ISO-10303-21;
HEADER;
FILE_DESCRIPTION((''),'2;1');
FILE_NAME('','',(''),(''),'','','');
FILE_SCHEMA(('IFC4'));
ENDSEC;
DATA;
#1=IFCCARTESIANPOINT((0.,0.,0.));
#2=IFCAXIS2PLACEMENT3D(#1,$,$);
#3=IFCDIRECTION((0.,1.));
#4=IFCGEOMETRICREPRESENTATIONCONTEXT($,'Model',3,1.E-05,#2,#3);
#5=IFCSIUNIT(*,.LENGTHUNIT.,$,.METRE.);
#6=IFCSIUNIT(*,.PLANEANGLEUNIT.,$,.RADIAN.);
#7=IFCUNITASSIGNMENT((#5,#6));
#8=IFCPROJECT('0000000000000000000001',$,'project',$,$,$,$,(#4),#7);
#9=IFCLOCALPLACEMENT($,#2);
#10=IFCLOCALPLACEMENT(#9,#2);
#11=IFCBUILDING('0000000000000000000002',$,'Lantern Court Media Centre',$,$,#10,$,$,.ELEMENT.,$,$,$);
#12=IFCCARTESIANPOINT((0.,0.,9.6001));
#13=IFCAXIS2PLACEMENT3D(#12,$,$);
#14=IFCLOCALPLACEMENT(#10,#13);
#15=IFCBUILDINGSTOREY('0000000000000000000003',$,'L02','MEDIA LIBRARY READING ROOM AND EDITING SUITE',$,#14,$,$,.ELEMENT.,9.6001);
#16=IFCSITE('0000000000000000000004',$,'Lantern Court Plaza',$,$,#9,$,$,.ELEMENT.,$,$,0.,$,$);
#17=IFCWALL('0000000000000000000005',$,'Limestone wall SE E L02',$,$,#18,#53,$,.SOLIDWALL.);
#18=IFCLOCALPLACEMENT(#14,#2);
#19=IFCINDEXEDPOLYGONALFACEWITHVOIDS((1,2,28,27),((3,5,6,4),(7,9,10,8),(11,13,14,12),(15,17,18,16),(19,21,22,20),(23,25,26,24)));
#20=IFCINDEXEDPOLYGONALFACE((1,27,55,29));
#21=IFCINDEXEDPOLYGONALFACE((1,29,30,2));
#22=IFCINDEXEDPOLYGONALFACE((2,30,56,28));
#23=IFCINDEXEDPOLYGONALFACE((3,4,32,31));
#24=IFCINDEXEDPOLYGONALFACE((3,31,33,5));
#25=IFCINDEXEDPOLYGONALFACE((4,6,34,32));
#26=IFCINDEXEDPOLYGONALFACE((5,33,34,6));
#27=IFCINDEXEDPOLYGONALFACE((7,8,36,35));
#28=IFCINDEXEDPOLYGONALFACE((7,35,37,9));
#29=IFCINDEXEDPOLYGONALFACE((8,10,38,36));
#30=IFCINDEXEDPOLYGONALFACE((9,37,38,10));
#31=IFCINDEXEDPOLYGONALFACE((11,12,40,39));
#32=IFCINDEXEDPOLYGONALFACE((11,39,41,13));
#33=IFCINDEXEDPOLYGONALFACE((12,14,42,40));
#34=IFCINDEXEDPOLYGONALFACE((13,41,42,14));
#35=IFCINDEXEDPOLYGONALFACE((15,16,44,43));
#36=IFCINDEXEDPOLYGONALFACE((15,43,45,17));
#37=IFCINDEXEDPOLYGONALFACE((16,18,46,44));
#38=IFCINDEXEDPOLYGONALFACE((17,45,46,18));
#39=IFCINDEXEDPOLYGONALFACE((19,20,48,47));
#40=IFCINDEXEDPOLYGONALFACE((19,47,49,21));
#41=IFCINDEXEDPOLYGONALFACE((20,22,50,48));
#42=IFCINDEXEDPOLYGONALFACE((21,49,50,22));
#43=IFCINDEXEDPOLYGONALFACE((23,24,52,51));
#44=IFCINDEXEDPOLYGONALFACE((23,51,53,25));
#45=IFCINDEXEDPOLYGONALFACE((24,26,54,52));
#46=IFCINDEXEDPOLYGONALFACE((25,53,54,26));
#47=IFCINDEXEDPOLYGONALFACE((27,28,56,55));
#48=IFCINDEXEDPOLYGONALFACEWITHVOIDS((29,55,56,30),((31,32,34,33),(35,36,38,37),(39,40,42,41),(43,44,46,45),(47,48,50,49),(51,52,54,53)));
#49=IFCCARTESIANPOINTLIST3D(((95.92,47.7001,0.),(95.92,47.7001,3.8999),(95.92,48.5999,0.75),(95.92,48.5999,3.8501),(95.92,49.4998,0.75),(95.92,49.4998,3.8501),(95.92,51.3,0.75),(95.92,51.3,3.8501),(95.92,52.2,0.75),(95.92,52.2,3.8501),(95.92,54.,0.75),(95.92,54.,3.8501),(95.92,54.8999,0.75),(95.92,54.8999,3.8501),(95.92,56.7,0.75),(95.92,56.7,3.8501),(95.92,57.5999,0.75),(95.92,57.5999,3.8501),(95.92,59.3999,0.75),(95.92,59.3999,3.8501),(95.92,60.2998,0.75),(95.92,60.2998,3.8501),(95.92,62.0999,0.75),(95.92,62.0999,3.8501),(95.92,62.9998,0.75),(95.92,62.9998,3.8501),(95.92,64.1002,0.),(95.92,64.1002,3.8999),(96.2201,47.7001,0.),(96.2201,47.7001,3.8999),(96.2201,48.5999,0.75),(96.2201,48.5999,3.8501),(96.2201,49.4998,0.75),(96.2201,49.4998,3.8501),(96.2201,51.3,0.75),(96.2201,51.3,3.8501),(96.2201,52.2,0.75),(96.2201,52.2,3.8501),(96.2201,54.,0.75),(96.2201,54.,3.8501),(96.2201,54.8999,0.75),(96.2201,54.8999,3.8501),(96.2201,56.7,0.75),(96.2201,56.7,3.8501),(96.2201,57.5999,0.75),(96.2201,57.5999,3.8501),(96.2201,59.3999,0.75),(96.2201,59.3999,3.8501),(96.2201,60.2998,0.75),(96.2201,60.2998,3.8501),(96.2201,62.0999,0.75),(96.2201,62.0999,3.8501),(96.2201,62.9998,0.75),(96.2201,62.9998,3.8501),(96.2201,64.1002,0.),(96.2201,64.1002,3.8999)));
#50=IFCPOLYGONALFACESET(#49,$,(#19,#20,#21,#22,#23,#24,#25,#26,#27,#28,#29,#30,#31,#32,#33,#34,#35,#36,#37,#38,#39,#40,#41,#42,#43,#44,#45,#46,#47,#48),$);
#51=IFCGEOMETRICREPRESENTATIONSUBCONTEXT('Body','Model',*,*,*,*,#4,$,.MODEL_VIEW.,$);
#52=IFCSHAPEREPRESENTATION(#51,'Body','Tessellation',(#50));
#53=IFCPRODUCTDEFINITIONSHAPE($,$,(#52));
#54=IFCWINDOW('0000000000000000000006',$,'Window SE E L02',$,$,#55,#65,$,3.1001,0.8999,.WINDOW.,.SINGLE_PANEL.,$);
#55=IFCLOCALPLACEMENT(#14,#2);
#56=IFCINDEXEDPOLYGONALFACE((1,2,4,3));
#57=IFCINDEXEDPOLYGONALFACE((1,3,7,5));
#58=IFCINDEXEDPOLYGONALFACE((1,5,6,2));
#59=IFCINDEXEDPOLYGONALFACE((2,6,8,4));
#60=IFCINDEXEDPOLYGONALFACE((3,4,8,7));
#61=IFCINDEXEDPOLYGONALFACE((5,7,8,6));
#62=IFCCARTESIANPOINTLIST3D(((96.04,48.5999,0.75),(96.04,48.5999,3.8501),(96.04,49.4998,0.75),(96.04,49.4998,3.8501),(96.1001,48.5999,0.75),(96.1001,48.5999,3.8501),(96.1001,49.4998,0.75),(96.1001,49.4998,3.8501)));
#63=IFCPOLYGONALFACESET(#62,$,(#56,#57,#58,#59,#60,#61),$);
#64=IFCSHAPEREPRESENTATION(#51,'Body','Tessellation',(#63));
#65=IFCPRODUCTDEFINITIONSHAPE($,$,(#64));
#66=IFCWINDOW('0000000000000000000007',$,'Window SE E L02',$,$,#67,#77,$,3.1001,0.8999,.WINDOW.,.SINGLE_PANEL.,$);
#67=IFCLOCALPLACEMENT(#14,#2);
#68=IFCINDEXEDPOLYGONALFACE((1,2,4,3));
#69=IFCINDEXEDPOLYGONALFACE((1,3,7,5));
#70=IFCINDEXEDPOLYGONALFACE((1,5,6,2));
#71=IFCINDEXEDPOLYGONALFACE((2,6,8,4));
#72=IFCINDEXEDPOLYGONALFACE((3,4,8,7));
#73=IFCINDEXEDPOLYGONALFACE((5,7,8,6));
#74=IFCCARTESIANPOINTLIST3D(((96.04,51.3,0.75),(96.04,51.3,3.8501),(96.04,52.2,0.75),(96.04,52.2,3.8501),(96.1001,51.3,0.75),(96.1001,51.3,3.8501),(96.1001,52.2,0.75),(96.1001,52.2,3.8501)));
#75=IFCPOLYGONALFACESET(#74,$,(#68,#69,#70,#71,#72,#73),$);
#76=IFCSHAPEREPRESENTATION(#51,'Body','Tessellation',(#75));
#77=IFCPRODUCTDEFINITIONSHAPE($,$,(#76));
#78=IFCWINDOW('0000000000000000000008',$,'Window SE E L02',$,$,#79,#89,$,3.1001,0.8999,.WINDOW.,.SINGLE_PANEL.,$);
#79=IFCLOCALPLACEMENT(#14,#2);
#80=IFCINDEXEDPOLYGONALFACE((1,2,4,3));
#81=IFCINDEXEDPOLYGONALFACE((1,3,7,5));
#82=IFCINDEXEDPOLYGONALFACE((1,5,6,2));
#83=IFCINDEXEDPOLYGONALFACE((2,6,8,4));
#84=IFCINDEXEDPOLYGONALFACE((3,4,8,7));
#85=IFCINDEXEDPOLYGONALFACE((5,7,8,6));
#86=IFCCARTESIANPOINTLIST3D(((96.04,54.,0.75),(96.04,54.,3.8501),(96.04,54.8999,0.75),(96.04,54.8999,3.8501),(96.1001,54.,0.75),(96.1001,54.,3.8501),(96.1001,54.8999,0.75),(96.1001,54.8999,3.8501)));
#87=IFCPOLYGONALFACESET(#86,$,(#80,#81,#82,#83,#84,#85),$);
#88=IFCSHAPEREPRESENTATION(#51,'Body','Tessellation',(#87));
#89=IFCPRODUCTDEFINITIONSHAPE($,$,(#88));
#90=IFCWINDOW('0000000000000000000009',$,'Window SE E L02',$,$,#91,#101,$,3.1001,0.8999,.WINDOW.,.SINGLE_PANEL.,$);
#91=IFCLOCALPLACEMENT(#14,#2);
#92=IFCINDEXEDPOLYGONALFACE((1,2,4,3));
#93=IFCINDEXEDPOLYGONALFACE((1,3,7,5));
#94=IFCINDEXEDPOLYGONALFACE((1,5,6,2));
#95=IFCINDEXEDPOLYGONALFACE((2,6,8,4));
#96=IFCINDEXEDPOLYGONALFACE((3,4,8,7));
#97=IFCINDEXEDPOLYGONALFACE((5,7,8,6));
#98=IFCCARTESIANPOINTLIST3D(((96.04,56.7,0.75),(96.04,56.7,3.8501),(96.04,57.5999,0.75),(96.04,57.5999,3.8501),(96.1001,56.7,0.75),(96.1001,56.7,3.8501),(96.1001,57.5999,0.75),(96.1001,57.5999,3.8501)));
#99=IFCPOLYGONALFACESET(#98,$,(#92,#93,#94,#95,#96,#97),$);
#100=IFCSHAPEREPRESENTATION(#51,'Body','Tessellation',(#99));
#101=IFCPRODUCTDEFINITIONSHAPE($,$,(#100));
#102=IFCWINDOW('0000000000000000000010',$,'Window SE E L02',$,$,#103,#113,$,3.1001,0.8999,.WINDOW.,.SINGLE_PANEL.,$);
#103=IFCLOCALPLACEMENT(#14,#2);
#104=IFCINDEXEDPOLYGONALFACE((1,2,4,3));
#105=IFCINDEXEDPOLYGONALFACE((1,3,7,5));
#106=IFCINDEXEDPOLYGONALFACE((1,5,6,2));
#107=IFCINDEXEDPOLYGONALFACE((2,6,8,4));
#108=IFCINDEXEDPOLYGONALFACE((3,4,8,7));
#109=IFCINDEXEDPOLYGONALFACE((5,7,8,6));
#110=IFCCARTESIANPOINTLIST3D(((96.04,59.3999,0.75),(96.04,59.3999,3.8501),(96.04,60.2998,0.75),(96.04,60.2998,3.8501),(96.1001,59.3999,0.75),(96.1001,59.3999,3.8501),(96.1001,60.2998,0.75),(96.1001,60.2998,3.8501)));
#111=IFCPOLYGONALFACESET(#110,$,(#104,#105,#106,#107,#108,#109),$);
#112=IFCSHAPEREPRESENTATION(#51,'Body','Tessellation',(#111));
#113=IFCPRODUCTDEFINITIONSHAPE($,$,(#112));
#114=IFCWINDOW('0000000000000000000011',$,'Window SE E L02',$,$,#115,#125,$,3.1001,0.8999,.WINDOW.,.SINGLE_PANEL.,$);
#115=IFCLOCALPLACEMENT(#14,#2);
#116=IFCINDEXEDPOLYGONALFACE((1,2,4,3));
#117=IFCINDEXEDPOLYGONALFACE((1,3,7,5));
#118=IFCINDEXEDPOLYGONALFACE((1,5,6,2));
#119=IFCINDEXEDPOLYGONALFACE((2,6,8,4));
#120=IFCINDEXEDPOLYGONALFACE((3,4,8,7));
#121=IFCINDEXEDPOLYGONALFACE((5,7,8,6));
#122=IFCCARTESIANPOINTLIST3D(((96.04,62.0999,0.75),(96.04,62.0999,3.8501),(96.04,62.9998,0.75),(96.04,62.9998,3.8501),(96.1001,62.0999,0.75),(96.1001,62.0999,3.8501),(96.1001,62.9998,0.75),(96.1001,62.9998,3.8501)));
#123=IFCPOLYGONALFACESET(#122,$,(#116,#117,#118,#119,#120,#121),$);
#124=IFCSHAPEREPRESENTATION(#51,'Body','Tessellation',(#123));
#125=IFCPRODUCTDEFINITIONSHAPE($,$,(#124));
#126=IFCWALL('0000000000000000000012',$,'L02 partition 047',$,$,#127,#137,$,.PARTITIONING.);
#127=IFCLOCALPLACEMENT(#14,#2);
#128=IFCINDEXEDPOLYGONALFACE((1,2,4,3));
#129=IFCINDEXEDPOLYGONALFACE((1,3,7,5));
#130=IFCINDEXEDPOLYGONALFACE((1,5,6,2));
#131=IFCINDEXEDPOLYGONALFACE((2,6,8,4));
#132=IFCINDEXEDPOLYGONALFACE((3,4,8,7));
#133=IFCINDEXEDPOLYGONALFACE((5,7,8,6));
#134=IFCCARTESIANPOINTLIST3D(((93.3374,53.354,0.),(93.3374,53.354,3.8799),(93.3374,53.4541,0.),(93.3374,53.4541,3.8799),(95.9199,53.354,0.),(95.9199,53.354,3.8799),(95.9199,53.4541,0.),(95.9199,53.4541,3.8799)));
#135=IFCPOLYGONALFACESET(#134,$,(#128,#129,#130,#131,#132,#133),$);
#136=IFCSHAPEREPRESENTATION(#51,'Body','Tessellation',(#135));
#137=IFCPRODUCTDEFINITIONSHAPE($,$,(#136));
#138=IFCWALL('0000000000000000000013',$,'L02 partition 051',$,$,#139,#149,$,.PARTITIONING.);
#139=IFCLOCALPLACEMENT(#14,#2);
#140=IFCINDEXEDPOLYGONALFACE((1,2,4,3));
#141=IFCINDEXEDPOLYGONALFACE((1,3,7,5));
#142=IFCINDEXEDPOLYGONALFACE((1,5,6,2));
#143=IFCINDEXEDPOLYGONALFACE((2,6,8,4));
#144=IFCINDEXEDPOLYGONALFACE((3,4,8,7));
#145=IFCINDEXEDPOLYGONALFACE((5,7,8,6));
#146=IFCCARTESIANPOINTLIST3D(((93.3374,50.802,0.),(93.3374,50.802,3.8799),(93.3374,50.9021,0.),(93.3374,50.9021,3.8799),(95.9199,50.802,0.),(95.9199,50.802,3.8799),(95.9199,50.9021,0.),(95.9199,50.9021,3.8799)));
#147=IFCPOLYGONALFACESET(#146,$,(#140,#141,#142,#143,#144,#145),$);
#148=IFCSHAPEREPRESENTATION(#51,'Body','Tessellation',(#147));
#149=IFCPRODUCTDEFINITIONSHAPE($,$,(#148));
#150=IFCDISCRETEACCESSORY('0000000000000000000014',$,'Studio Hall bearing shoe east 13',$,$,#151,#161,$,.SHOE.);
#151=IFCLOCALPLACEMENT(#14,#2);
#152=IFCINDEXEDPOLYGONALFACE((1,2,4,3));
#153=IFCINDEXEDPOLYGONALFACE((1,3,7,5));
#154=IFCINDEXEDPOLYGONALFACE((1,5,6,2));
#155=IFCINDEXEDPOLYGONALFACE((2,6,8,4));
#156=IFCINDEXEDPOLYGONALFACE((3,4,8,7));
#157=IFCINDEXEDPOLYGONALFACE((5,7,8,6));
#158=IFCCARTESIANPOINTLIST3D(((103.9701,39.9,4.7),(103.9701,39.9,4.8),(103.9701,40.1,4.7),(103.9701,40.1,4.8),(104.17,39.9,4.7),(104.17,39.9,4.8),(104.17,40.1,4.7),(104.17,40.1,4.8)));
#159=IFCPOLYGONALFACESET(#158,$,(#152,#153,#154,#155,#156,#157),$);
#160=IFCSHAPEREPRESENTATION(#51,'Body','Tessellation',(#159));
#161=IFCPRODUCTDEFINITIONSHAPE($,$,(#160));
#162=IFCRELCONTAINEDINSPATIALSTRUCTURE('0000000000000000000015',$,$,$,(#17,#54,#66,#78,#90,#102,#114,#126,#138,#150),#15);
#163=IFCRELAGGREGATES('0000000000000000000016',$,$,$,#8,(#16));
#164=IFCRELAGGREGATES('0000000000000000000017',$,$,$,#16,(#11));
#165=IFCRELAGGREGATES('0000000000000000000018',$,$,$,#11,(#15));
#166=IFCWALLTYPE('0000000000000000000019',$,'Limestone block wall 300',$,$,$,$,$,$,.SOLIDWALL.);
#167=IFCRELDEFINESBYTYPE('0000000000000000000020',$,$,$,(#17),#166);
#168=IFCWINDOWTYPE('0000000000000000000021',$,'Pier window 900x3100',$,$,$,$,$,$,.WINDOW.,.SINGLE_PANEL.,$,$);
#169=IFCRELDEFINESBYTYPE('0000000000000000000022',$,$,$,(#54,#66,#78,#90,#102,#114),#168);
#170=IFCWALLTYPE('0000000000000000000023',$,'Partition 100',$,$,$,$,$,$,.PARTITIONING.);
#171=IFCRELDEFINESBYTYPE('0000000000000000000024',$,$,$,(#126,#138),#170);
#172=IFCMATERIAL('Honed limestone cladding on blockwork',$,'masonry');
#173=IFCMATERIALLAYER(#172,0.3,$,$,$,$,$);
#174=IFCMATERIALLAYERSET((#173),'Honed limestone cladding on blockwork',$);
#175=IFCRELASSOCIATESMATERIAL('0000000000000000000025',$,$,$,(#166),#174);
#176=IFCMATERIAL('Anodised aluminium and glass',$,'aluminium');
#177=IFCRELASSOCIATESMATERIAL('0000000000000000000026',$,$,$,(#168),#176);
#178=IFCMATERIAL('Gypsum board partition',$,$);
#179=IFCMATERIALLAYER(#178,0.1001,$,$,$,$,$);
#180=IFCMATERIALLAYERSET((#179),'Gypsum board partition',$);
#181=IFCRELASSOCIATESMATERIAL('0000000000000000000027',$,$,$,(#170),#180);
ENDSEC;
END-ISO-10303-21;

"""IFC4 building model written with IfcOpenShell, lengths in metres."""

from ifc_helpers import new_model, si_unit, direction, frame, frame_2d, origin, origin_2d, place, context, subcontext, project, spatial, rectangle, extrude, material, layer, layer_set, type_object, element, fill, save


model = new_model("IFC4")

# Units and contexts
model_context = context("Model", 3, precision=1e-05, world=origin(), true_north=direction((0.0, 1.0)))
body_context = subcontext(model_context, "Body", "Model", "MODEL_VIEW")
ifc_project = project(units=[si_unit("LENGTHUNIT", "METRE"), si_unit("PLANEANGLEUNIT", "RADIAN")], contexts=[model_context])

# Site, building, storey
site_placement = place(None, origin())
site = spatial("IfcSite", under=ifc_project, at=site_placement, Name="Lantern Court Plaza", CompositionType="ELEMENT", RefElevation=0.0)
building_placement = place(site_placement, origin())
building = spatial("IfcBuilding", under=site, at=building_placement, Name="Lantern Court Media Centre", CompositionType="ELEMENT")
storey_placement = place(building_placement, frame((0.0, 0.0, 9.6001)))
storey = spatial("IfcBuildingStorey", under=building, at=storey_placement, Name="L02", Description="MEDIA LIBRARY READING ROOM AND EDITING SUITE", CompositionType="ELEMENT", Elevation=9.6001)

# Shared definitions
ifc_material_1 = material(Name="Gypsum board partition")

# Wall, openings, windows
ifc_material_2 = material(Name="Honed limestone cladding on blockwork", Category="masonry")
ifc_layer_1 = layer(ifc_material_2, 0.3)
ifc_layer_set_1 = layer_set([ifc_layer_1], Name="Honed limestone cladding on blockwork")
wall_type_1 = type_object("IfcWallType", Name="Limestone block wall 300", PredefinedType="SOLIDWALL", material=ifc_layer_set_1)
wall_1_placement = place(storey_placement, frame((96.0701, 47.7, 0.0), z_axis=(0.0, 0.0, 1.0), x_axis=(0.0, 1.0, 0.0)))
wall_1 = element("IfcWall", 1, at=wall_1_placement, inside=storey, type_object=wall_type_1, Name="Limestone wall SE E L02", PredefinedType="SOLIDWALL", context=body_context, shape_type="SweptSolid", body=[
    extrude(rectangle(XDim=16.4001, YDim=0.3, at=frame_2d((8.2002, 0.0))), origin(), (0.0, 0.0, 1.0), 3.8999),
])
opening_1_placement = place(wall_1_placement, frame((0.8999, 0.0, 0.75)))
opening_1 = element("IfcOpeningElement", 2, at=opening_1_placement, cuts=wall_1, PredefinedType="OPENING", context=body_context, shape_type="SweptSolid", body=[
    extrude(rectangle(XDim=0.8999, YDim=3.1001, at=frame_2d((0.45, 1.55))), frame((0.0, 0.1599, 0.0), z_axis=(0.0, -1.0, 0.0), x_axis=(1.0, 0.0, 0.0)), (0.0, 0.0, 1.0), 0.3201),
])
opening_2_placement = place(wall_1_placement, frame((3.6001, 0.0, 0.75)))
opening_2 = element("IfcOpeningElement", 3, at=opening_2_placement, cuts=wall_1, PredefinedType="OPENING", context=body_context, shape_type="SweptSolid", body=[
    extrude(rectangle(XDim=0.8999, YDim=3.1001, at=frame_2d((0.45, 1.55))), frame((0.0, 0.1599, 0.0), z_axis=(0.0, -1.0, 0.0), x_axis=(1.0, 0.0, 0.0)), (0.0, 0.0, 1.0), 0.3201),
])
opening_3_placement = place(wall_1_placement, frame((6.3, 0.0, 0.75)))
opening_3 = element("IfcOpeningElement", 4, at=opening_3_placement, cuts=wall_1, PredefinedType="OPENING", context=body_context, shape_type="SweptSolid", body=[
    extrude(rectangle(XDim=0.8999, YDim=3.1001, at=frame_2d((0.45, 1.55))), frame((0.0, 0.1599, 0.0), z_axis=(0.0, -1.0, 0.0), x_axis=(1.0, 0.0, 0.0)), (0.0, 0.0, 1.0), 0.3201),
])
opening_4_placement = place(wall_1_placement, frame((9.0, 0.0, 0.75)))
opening_4 = element("IfcOpeningElement", 5, at=opening_4_placement, cuts=wall_1, PredefinedType="OPENING", context=body_context, shape_type="SweptSolid", body=[
    extrude(rectangle(XDim=0.8999, YDim=3.1001, at=frame_2d((0.45, 1.55))), frame((0.0, 0.1599, 0.0), z_axis=(0.0, -1.0, 0.0), x_axis=(1.0, 0.0, 0.0)), (0.0, 0.0, 1.0), 0.3201),
])
opening_5_placement = place(wall_1_placement, frame((11.7, 0.0, 0.75)))
opening_5 = element("IfcOpeningElement", 6, at=opening_5_placement, cuts=wall_1, PredefinedType="OPENING", context=body_context, shape_type="SweptSolid", body=[
    extrude(rectangle(XDim=0.8999, YDim=3.1001, at=frame_2d((0.45, 1.55))), frame((0.0, 0.1599, 0.0), z_axis=(0.0, -1.0, 0.0), x_axis=(1.0, 0.0, 0.0)), (0.0, 0.0, 1.0), 0.3201),
])
opening_6_placement = place(wall_1_placement, frame((14.3999, 0.0, 0.75)))
opening_6 = element("IfcOpeningElement", 7, at=opening_6_placement, cuts=wall_1, PredefinedType="OPENING", context=body_context, shape_type="SweptSolid", body=[
    extrude(rectangle(XDim=0.8999, YDim=3.1001, at=frame_2d((0.45, 1.55))), frame((0.0, 0.1599, 0.0), z_axis=(0.0, -1.0, 0.0), x_axis=(1.0, 0.0, 0.0)), (0.0, 0.0, 1.0), 0.3201),
])
ifc_material_3 = material(Name="Anodised aluminium and glass", Category="aluminium")
window_type = type_object("IfcWindowType", Name="Pier window 900x3100", PartitioningType="SINGLE_PANEL", PredefinedType="WINDOW", material=ifc_material_3)
window_1_placement = place(opening_1_placement, origin())
window_1 = element("IfcWindow", 8, at=window_1_placement, inside=storey, type_object=window_type, Name="Window SE E L02", OverallHeight=3.1001, OverallWidth=0.8999, PartitioningType="SINGLE_PANEL", PredefinedType="WINDOW", context=body_context, shape_type="SweptSolid", body=[
    extrude(rectangle(XDim=0.8999, YDim=3.1001, at=frame_2d((0.45, 1.55))), frame((0.0, 0.03, 0.0), z_axis=(0.0, -1.0, 0.0), x_axis=(1.0, 0.0, 0.0)), (0.0, 0.0, 1.0), 0.0601),
])
fill(opening_1, window_1)
window_2_placement = place(opening_2_placement, origin())
window_2 = element("IfcWindow", 9, at=window_2_placement, inside=storey, type_object=window_type, Name="Window SE E L02", OverallHeight=3.1001, OverallWidth=0.8999, PartitioningType="SINGLE_PANEL", PredefinedType="WINDOW", context=body_context, shape_type="SweptSolid", body=[
    extrude(rectangle(XDim=0.8999, YDim=3.1001, at=frame_2d((0.45, 1.55))), frame((0.0, 0.03, 0.0), z_axis=(0.0, -1.0, 0.0), x_axis=(1.0, 0.0, 0.0)), (0.0, 0.0, 1.0), 0.0601),
])
fill(opening_2, window_2)
window_3_placement = place(opening_3_placement, origin())
window_3 = element("IfcWindow", 10, at=window_3_placement, inside=storey, type_object=window_type, Name="Window SE E L02", OverallHeight=3.1001, OverallWidth=0.8999, PartitioningType="SINGLE_PANEL", PredefinedType="WINDOW", context=body_context, shape_type="SweptSolid", body=[
    extrude(rectangle(XDim=0.8999, YDim=3.1001, at=frame_2d((0.45, 1.55))), frame((0.0, 0.03, 0.0), z_axis=(0.0, -1.0, 0.0), x_axis=(1.0, 0.0, 0.0)), (0.0, 0.0, 1.0), 0.0601),
])
fill(opening_3, window_3)
window_4_placement = place(opening_4_placement, origin())
window_4 = element("IfcWindow", 11, at=window_4_placement, inside=storey, type_object=window_type, Name="Window SE E L02", OverallHeight=3.1001, OverallWidth=0.8999, PartitioningType="SINGLE_PANEL", PredefinedType="WINDOW", context=body_context, shape_type="SweptSolid", body=[
    extrude(rectangle(XDim=0.8999, YDim=3.1001, at=frame_2d((0.45, 1.55))), frame((0.0, 0.03, 0.0), z_axis=(0.0, -1.0, 0.0), x_axis=(1.0, 0.0, 0.0)), (0.0, 0.0, 1.0), 0.0601),
])
fill(opening_4, window_4)
window_5_placement = place(opening_5_placement, origin())
window_5 = element("IfcWindow", 12, at=window_5_placement, inside=storey, type_object=window_type, Name="Window SE E L02", OverallHeight=3.1001, OverallWidth=0.8999, PartitioningType="SINGLE_PANEL", PredefinedType="WINDOW", context=body_context, shape_type="SweptSolid", body=[
    extrude(rectangle(XDim=0.8999, YDim=3.1001, at=frame_2d((0.45, 1.55))), frame((0.0, 0.03, 0.0), z_axis=(0.0, -1.0, 0.0), x_axis=(1.0, 0.0, 0.0)), (0.0, 0.0, 1.0), 0.0601),
])
fill(opening_5, window_5)
window_6_placement = place(opening_6_placement, origin())
window_6 = element("IfcWindow", 13, at=window_6_placement, inside=storey, type_object=window_type, Name="Window SE E L02", OverallHeight=3.1001, OverallWidth=0.8999, PartitioningType="SINGLE_PANEL", PredefinedType="WINDOW", context=body_context, shape_type="SweptSolid", body=[
    extrude(rectangle(XDim=0.8999, YDim=3.1001, at=frame_2d((0.45, 1.55))), frame((0.0, 0.03, 0.0), z_axis=(0.0, -1.0, 0.0), x_axis=(1.0, 0.0, 0.0)), (0.0, 0.0, 1.0), 0.0601),
])
fill(opening_6, window_6)

# Walls
ifc_layer_2 = layer(ifc_material_1, 0.1001)
ifc_layer_set_2 = layer_set([ifc_layer_2], Name="Gypsum board partition")
wall_type_2 = type_object("IfcWallType", Name="Partition 100", PredefinedType="PARTITIONING", material=ifc_layer_set_2)
for number, where, z_axis, x_axis, name in (
    (14, (93.3374, 53.4041, 0.0), (0.0, 0.0, 1.0), (1.0, 0.0, 0.0), "L02 partition 047"),
    (15, (93.3374, 50.8521, 0.0), (0.0, 0.0, 1.0), (1.0, 0.0, 0.0), "L02 partition 051"),
):
    element("IfcWall", number, at=place(storey_placement, frame(where, z_axis=z_axis, x_axis=x_axis)), inside=storey, type_object=wall_type_2, Name=name, PredefinedType="PARTITIONING", context=body_context, shape_type="SweptSolid", body=[
        extrude(rectangle(XDim=2.5825, YDim=0.1001, at=frame_2d((1.2913, 0.0))), origin(), (0.0, 0.0, 1.0), 3.8799),
    ])

# Discrete accessory
discrete_accessory_placement = place(storey_placement, frame((104.0701, 40.0, 4.7), z_axis=(0.0, 0.0, 1.0), x_axis=(1.0, 0.0, 0.0)))
element("IfcDiscreteAccessory", 16, at=discrete_accessory_placement, inside=storey, Name="Studio Hall bearing shoe east 13", PredefinedType="SHOE", context=body_context, shape_type="SweptSolid", body=[
    extrude(rectangle(XDim=0.2, YDim=0.2, at=origin_2d()), origin(), (0.0, 0.0, 1.0), 0.1001),
])

save(model, "model.ifc")
